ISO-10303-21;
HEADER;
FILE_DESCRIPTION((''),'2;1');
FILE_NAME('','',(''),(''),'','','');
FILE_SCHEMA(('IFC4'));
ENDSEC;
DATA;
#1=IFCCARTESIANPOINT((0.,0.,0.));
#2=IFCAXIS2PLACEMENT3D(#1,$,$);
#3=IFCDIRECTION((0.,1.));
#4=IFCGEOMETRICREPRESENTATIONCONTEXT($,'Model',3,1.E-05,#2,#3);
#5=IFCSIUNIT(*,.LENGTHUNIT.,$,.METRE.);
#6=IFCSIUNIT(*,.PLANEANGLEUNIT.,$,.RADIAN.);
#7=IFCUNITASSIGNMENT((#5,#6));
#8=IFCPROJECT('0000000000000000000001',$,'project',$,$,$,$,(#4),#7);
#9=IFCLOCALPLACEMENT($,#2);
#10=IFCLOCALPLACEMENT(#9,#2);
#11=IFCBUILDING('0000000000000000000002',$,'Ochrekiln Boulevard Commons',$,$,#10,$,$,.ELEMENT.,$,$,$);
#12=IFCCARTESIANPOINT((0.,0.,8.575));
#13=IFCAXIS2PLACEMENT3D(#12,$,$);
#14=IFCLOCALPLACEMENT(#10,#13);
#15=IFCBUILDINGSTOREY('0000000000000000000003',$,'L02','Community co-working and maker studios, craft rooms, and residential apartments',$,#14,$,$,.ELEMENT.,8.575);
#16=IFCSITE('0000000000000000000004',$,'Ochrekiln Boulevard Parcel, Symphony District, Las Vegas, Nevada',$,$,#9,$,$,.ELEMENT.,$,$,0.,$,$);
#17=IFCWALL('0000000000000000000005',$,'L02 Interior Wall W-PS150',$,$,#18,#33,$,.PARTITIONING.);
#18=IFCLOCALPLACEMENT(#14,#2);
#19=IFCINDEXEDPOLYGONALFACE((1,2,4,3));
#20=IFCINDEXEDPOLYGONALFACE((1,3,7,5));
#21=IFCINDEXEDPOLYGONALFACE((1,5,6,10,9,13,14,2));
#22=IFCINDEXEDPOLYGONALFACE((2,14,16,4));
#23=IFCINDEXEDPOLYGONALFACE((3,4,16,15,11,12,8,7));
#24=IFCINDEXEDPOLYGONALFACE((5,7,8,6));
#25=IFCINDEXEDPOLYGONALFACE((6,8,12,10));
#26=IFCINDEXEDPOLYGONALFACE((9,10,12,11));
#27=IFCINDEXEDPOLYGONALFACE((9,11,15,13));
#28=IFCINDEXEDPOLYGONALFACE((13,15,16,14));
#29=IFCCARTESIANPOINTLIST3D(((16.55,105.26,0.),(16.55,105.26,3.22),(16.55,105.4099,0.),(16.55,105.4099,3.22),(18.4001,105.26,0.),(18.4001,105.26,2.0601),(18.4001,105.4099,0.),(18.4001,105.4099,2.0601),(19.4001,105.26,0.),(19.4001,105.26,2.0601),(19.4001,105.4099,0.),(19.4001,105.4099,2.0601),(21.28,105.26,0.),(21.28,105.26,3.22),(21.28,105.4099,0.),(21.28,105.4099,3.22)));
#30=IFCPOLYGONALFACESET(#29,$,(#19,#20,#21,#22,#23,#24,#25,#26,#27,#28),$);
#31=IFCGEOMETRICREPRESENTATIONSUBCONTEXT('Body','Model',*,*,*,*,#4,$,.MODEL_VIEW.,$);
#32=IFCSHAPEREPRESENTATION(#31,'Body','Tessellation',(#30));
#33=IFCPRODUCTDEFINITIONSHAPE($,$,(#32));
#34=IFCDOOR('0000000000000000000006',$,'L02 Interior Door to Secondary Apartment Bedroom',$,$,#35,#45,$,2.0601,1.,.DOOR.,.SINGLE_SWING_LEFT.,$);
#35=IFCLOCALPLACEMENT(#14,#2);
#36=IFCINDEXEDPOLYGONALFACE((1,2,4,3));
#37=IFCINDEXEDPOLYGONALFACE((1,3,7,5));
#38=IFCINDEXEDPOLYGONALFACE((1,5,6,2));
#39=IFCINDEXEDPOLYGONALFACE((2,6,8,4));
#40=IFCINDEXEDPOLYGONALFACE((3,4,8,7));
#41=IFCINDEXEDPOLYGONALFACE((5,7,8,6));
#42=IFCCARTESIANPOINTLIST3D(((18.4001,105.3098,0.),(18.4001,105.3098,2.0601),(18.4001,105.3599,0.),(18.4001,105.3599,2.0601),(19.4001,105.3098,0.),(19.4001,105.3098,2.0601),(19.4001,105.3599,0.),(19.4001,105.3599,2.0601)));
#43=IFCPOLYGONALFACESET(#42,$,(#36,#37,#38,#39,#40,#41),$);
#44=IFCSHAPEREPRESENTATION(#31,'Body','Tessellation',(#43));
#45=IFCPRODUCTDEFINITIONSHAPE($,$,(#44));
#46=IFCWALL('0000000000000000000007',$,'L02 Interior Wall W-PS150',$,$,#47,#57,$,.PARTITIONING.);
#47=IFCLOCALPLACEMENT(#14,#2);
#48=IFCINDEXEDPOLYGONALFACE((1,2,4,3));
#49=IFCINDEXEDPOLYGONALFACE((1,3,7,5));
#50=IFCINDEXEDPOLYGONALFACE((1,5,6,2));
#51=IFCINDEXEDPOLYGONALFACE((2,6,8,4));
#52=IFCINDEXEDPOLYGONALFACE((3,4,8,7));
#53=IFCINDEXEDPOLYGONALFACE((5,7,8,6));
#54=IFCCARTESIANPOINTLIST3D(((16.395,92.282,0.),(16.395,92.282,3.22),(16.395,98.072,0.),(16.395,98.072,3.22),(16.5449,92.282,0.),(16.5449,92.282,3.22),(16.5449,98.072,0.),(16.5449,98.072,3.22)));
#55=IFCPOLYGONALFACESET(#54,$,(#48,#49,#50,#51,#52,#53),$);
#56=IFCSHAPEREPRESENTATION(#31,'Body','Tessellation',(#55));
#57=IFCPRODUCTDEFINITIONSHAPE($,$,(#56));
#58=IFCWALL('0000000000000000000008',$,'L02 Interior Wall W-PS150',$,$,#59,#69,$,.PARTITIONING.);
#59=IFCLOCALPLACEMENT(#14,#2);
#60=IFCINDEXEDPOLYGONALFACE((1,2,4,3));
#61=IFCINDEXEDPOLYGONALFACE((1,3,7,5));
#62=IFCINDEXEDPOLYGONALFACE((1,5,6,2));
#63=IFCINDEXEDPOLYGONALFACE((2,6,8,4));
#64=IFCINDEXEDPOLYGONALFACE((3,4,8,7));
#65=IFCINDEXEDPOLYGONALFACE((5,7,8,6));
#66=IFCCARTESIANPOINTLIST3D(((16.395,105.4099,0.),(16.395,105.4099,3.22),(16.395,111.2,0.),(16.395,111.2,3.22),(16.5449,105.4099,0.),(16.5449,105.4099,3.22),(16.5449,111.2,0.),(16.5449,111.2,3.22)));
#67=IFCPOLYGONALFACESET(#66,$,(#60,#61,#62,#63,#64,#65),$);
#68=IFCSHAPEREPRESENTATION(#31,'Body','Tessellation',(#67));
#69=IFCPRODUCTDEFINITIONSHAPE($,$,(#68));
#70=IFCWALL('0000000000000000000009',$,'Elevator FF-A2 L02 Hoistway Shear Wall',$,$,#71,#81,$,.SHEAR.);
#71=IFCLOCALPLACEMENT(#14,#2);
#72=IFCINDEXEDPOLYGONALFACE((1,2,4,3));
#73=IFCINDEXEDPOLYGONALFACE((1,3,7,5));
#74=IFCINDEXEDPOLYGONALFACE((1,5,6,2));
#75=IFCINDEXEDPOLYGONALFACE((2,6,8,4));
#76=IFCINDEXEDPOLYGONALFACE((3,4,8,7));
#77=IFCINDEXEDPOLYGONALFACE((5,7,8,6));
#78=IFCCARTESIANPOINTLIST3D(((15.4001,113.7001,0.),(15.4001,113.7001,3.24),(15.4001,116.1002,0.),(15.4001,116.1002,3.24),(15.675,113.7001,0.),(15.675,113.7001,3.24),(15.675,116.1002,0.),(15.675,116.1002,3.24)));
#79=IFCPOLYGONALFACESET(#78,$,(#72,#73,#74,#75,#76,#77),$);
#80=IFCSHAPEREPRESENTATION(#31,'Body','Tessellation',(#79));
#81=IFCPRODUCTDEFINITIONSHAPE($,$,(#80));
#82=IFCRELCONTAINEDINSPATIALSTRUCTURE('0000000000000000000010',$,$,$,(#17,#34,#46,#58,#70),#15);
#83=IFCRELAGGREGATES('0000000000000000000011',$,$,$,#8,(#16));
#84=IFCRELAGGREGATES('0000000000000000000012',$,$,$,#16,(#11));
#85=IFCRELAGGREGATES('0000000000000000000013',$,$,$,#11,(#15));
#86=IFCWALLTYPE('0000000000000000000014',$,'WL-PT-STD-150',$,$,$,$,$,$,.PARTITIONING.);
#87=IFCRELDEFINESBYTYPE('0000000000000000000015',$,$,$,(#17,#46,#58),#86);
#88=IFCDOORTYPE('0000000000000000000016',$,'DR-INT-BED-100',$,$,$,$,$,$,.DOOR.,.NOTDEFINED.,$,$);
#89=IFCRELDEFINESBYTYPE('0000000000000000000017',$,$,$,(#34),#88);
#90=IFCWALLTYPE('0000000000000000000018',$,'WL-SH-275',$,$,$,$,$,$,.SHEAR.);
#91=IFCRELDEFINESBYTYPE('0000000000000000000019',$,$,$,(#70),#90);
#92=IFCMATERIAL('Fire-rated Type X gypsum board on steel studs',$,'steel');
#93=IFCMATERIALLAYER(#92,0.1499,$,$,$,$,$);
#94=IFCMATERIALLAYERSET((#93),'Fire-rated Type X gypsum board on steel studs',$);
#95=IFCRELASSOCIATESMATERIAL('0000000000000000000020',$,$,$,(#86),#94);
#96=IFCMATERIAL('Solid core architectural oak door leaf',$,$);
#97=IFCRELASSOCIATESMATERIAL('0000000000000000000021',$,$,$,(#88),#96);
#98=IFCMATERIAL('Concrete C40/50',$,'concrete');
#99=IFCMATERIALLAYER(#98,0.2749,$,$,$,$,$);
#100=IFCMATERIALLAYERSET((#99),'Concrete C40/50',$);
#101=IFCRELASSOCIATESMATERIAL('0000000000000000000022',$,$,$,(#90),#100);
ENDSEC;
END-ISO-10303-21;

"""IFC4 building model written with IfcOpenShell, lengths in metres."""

from ifc_helpers import new_model, si_unit, direction, frame, frame_2d, origin, place, context, subcontext, project, spatial, rectangle, extrude, material, layer, layer_set, type_object, element, fill, save


model = new_model("IFC4")

# Units and contexts
model_context = context("Model", 3, precision=1e-05, world=origin(), true_north=direction((0.0, 1.0)))
body_context = subcontext(model_context, "Body", "Model", "MODEL_VIEW")
ifc_project = project(units=[si_unit("LENGTHUNIT", "METRE"), si_unit("PLANEANGLEUNIT", "RADIAN")], contexts=[model_context])

# Site, building, storey
site_placement = place(None, origin())
site = spatial("IfcSite", under=ifc_project, at=site_placement, Name="Ochrekiln Boulevard Parcel, Symphony District, Las Vegas, Nevada", CompositionType="ELEMENT", RefElevation=0.0)
building_placement = place(site_placement, origin())
building = spatial("IfcBuilding", under=site, at=building_placement, Name="Ochrekiln Boulevard Commons", CompositionType="ELEMENT")
storey_placement = place(building_placement, frame((0.0, 0.0, 8.575)))
storey = spatial("IfcBuildingStorey", under=building, at=storey_placement, Name="L02", Description="Community co-working and maker studios, craft rooms, and residential apartments", CompositionType="ELEMENT", Elevation=8.575)

# Shared definitions
ifc_material_1 = material(Name="Concrete C40/50", Category="concrete")

# Shared definitions
ifc_material_2 = material(Name="Solid core architectural oak door leaf")

# Shared definitions
ifc_material_3 = material(Name="Fire-rated Type X gypsum board on steel studs", Category="steel")

# Wall, opening, door
ifc_layer_1 = layer(ifc_material_3, 0.1499)
ifc_layer_set_1 = layer_set([ifc_layer_1], Name="Fire-rated Type X gypsum board on steel studs")
wall_type_1 = type_object("IfcWallType", Name="WL-PT-STD-150", PredefinedType="PARTITIONING", material=ifc_layer_set_1)
wall_1_placement = place(storey_placement, frame((16.55, 105.335, 0.0), z_axis=(0.0, 0.0, 1.0), x_axis=(1.0, 0.0, 0.0)))
wall_1 = element("IfcWall", 1, at=wall_1_placement, inside=storey, type_object=wall_type_1, Name="L02 Interior Wall W-PS150", PredefinedType="PARTITIONING", context=body_context, shape_type="SweptSolid", body=[
    extrude(rectangle(XDim=4.73, YDim=0.1499, at=frame_2d((2.365, 0.0))), origin(), (0.0, 0.0, 1.0), 3.22),
])
opening_1_placement = place(wall_1_placement, frame((1.8501, 0.0, 0.0)))
opening_1 = element("IfcOpeningElement", 2, at=opening_1_placement, cuts=wall_1, PredefinedType="OPENING", context=body_context, shape_type="SweptSolid", body=[
    extrude(rectangle(XDim=1.0, YDim=2.0601, at=frame_2d((0.5, 1.03))), frame((0.0, 0.085, 0.0), z_axis=(0.0, -1.0, 0.0), x_axis=(1.0, 0.0, 0.0)), (0.0, 0.0, 1.0), 0.1699),
])
door_type_1 = type_object("IfcDoorType", Name="DR-INT-BED-100", OperationType="NOTDEFINED", PredefinedType="DOOR", material=ifc_material_2)
door_1_placement = place(opening_1_placement, origin())
door_1 = element("IfcDoor", 3, at=door_1_placement, inside=storey, type_object=door_type_1, Name="L02 Interior Door to Secondary Apartment Bedroom", OperationType="SINGLE_SWING_LEFT", OverallHeight=2.0601, OverallWidth=1.0, PredefinedType="DOOR", context=body_context, shape_type="SweptSolid", body=[
    extrude(rectangle(XDim=1.0, YDim=2.0601, at=frame_2d((0.5, 1.03))), frame((0.0, 0.0249, 0.0), z_axis=(0.0, -1.0, 0.0), x_axis=(1.0, 0.0, 0.0)), (0.0, 0.0, 1.0), 0.05),
])
fill(opening_1, door_1)

# Walls
for number, where, z_axis, x_axis, name in (
    (4, (16.47, 92.282, 0.0), (0.0, 0.0, 1.0), (0.0, 1.0, 0.0), "L02 Interior Wall W-PS150"),
    (5, (16.47, 105.4099, 0.0), (0.0, 0.0, 1.0), (0.0, 1.0, 0.0), "L02 Interior Wall W-PS150"),
):
    element("IfcWall", number, at=place(storey_placement, frame(where, z_axis=z_axis, x_axis=x_axis)), inside=storey, type_object=wall_type_1, Name=name, PredefinedType="PARTITIONING", context=body_context, shape_type="SweptSolid", body=[
        extrude(rectangle(XDim=5.79, YDim=0.1499, at=frame_2d((2.895, 0.0))), origin(), (0.0, 0.0, 1.0), 3.22),
    ])
ifc_layer_2 = layer(ifc_material_1, 0.2749)
ifc_layer_set_2 = layer_set([ifc_layer_2], Name="Concrete C40/50")
wall_type_2 = type_object("IfcWallType", Name="WL-SH-275", PredefinedType="SHEAR", material=ifc_layer_set_2)
wall_2_placement = place(storey_placement, frame((15.5376, 113.7, 0.0), z_axis=(0.0, 0.0, 1.0), x_axis=(0.0, 1.0, 0.0)))
element("IfcWall", 6, at=wall_2_placement, inside=storey, type_object=wall_type_2, Name="Elevator FF-A2 L02 Hoistway Shear Wall", PredefinedType="SHEAR", context=body_context, shape_type="SweptSolid", body=[
    extrude(rectangle(XDim=2.4001, YDim=0.2749, at=frame_2d((1.2002, 0.0))), origin(), (0.0, 0.0, 1.0), 3.24),
])

save(model, "model.ifc")
